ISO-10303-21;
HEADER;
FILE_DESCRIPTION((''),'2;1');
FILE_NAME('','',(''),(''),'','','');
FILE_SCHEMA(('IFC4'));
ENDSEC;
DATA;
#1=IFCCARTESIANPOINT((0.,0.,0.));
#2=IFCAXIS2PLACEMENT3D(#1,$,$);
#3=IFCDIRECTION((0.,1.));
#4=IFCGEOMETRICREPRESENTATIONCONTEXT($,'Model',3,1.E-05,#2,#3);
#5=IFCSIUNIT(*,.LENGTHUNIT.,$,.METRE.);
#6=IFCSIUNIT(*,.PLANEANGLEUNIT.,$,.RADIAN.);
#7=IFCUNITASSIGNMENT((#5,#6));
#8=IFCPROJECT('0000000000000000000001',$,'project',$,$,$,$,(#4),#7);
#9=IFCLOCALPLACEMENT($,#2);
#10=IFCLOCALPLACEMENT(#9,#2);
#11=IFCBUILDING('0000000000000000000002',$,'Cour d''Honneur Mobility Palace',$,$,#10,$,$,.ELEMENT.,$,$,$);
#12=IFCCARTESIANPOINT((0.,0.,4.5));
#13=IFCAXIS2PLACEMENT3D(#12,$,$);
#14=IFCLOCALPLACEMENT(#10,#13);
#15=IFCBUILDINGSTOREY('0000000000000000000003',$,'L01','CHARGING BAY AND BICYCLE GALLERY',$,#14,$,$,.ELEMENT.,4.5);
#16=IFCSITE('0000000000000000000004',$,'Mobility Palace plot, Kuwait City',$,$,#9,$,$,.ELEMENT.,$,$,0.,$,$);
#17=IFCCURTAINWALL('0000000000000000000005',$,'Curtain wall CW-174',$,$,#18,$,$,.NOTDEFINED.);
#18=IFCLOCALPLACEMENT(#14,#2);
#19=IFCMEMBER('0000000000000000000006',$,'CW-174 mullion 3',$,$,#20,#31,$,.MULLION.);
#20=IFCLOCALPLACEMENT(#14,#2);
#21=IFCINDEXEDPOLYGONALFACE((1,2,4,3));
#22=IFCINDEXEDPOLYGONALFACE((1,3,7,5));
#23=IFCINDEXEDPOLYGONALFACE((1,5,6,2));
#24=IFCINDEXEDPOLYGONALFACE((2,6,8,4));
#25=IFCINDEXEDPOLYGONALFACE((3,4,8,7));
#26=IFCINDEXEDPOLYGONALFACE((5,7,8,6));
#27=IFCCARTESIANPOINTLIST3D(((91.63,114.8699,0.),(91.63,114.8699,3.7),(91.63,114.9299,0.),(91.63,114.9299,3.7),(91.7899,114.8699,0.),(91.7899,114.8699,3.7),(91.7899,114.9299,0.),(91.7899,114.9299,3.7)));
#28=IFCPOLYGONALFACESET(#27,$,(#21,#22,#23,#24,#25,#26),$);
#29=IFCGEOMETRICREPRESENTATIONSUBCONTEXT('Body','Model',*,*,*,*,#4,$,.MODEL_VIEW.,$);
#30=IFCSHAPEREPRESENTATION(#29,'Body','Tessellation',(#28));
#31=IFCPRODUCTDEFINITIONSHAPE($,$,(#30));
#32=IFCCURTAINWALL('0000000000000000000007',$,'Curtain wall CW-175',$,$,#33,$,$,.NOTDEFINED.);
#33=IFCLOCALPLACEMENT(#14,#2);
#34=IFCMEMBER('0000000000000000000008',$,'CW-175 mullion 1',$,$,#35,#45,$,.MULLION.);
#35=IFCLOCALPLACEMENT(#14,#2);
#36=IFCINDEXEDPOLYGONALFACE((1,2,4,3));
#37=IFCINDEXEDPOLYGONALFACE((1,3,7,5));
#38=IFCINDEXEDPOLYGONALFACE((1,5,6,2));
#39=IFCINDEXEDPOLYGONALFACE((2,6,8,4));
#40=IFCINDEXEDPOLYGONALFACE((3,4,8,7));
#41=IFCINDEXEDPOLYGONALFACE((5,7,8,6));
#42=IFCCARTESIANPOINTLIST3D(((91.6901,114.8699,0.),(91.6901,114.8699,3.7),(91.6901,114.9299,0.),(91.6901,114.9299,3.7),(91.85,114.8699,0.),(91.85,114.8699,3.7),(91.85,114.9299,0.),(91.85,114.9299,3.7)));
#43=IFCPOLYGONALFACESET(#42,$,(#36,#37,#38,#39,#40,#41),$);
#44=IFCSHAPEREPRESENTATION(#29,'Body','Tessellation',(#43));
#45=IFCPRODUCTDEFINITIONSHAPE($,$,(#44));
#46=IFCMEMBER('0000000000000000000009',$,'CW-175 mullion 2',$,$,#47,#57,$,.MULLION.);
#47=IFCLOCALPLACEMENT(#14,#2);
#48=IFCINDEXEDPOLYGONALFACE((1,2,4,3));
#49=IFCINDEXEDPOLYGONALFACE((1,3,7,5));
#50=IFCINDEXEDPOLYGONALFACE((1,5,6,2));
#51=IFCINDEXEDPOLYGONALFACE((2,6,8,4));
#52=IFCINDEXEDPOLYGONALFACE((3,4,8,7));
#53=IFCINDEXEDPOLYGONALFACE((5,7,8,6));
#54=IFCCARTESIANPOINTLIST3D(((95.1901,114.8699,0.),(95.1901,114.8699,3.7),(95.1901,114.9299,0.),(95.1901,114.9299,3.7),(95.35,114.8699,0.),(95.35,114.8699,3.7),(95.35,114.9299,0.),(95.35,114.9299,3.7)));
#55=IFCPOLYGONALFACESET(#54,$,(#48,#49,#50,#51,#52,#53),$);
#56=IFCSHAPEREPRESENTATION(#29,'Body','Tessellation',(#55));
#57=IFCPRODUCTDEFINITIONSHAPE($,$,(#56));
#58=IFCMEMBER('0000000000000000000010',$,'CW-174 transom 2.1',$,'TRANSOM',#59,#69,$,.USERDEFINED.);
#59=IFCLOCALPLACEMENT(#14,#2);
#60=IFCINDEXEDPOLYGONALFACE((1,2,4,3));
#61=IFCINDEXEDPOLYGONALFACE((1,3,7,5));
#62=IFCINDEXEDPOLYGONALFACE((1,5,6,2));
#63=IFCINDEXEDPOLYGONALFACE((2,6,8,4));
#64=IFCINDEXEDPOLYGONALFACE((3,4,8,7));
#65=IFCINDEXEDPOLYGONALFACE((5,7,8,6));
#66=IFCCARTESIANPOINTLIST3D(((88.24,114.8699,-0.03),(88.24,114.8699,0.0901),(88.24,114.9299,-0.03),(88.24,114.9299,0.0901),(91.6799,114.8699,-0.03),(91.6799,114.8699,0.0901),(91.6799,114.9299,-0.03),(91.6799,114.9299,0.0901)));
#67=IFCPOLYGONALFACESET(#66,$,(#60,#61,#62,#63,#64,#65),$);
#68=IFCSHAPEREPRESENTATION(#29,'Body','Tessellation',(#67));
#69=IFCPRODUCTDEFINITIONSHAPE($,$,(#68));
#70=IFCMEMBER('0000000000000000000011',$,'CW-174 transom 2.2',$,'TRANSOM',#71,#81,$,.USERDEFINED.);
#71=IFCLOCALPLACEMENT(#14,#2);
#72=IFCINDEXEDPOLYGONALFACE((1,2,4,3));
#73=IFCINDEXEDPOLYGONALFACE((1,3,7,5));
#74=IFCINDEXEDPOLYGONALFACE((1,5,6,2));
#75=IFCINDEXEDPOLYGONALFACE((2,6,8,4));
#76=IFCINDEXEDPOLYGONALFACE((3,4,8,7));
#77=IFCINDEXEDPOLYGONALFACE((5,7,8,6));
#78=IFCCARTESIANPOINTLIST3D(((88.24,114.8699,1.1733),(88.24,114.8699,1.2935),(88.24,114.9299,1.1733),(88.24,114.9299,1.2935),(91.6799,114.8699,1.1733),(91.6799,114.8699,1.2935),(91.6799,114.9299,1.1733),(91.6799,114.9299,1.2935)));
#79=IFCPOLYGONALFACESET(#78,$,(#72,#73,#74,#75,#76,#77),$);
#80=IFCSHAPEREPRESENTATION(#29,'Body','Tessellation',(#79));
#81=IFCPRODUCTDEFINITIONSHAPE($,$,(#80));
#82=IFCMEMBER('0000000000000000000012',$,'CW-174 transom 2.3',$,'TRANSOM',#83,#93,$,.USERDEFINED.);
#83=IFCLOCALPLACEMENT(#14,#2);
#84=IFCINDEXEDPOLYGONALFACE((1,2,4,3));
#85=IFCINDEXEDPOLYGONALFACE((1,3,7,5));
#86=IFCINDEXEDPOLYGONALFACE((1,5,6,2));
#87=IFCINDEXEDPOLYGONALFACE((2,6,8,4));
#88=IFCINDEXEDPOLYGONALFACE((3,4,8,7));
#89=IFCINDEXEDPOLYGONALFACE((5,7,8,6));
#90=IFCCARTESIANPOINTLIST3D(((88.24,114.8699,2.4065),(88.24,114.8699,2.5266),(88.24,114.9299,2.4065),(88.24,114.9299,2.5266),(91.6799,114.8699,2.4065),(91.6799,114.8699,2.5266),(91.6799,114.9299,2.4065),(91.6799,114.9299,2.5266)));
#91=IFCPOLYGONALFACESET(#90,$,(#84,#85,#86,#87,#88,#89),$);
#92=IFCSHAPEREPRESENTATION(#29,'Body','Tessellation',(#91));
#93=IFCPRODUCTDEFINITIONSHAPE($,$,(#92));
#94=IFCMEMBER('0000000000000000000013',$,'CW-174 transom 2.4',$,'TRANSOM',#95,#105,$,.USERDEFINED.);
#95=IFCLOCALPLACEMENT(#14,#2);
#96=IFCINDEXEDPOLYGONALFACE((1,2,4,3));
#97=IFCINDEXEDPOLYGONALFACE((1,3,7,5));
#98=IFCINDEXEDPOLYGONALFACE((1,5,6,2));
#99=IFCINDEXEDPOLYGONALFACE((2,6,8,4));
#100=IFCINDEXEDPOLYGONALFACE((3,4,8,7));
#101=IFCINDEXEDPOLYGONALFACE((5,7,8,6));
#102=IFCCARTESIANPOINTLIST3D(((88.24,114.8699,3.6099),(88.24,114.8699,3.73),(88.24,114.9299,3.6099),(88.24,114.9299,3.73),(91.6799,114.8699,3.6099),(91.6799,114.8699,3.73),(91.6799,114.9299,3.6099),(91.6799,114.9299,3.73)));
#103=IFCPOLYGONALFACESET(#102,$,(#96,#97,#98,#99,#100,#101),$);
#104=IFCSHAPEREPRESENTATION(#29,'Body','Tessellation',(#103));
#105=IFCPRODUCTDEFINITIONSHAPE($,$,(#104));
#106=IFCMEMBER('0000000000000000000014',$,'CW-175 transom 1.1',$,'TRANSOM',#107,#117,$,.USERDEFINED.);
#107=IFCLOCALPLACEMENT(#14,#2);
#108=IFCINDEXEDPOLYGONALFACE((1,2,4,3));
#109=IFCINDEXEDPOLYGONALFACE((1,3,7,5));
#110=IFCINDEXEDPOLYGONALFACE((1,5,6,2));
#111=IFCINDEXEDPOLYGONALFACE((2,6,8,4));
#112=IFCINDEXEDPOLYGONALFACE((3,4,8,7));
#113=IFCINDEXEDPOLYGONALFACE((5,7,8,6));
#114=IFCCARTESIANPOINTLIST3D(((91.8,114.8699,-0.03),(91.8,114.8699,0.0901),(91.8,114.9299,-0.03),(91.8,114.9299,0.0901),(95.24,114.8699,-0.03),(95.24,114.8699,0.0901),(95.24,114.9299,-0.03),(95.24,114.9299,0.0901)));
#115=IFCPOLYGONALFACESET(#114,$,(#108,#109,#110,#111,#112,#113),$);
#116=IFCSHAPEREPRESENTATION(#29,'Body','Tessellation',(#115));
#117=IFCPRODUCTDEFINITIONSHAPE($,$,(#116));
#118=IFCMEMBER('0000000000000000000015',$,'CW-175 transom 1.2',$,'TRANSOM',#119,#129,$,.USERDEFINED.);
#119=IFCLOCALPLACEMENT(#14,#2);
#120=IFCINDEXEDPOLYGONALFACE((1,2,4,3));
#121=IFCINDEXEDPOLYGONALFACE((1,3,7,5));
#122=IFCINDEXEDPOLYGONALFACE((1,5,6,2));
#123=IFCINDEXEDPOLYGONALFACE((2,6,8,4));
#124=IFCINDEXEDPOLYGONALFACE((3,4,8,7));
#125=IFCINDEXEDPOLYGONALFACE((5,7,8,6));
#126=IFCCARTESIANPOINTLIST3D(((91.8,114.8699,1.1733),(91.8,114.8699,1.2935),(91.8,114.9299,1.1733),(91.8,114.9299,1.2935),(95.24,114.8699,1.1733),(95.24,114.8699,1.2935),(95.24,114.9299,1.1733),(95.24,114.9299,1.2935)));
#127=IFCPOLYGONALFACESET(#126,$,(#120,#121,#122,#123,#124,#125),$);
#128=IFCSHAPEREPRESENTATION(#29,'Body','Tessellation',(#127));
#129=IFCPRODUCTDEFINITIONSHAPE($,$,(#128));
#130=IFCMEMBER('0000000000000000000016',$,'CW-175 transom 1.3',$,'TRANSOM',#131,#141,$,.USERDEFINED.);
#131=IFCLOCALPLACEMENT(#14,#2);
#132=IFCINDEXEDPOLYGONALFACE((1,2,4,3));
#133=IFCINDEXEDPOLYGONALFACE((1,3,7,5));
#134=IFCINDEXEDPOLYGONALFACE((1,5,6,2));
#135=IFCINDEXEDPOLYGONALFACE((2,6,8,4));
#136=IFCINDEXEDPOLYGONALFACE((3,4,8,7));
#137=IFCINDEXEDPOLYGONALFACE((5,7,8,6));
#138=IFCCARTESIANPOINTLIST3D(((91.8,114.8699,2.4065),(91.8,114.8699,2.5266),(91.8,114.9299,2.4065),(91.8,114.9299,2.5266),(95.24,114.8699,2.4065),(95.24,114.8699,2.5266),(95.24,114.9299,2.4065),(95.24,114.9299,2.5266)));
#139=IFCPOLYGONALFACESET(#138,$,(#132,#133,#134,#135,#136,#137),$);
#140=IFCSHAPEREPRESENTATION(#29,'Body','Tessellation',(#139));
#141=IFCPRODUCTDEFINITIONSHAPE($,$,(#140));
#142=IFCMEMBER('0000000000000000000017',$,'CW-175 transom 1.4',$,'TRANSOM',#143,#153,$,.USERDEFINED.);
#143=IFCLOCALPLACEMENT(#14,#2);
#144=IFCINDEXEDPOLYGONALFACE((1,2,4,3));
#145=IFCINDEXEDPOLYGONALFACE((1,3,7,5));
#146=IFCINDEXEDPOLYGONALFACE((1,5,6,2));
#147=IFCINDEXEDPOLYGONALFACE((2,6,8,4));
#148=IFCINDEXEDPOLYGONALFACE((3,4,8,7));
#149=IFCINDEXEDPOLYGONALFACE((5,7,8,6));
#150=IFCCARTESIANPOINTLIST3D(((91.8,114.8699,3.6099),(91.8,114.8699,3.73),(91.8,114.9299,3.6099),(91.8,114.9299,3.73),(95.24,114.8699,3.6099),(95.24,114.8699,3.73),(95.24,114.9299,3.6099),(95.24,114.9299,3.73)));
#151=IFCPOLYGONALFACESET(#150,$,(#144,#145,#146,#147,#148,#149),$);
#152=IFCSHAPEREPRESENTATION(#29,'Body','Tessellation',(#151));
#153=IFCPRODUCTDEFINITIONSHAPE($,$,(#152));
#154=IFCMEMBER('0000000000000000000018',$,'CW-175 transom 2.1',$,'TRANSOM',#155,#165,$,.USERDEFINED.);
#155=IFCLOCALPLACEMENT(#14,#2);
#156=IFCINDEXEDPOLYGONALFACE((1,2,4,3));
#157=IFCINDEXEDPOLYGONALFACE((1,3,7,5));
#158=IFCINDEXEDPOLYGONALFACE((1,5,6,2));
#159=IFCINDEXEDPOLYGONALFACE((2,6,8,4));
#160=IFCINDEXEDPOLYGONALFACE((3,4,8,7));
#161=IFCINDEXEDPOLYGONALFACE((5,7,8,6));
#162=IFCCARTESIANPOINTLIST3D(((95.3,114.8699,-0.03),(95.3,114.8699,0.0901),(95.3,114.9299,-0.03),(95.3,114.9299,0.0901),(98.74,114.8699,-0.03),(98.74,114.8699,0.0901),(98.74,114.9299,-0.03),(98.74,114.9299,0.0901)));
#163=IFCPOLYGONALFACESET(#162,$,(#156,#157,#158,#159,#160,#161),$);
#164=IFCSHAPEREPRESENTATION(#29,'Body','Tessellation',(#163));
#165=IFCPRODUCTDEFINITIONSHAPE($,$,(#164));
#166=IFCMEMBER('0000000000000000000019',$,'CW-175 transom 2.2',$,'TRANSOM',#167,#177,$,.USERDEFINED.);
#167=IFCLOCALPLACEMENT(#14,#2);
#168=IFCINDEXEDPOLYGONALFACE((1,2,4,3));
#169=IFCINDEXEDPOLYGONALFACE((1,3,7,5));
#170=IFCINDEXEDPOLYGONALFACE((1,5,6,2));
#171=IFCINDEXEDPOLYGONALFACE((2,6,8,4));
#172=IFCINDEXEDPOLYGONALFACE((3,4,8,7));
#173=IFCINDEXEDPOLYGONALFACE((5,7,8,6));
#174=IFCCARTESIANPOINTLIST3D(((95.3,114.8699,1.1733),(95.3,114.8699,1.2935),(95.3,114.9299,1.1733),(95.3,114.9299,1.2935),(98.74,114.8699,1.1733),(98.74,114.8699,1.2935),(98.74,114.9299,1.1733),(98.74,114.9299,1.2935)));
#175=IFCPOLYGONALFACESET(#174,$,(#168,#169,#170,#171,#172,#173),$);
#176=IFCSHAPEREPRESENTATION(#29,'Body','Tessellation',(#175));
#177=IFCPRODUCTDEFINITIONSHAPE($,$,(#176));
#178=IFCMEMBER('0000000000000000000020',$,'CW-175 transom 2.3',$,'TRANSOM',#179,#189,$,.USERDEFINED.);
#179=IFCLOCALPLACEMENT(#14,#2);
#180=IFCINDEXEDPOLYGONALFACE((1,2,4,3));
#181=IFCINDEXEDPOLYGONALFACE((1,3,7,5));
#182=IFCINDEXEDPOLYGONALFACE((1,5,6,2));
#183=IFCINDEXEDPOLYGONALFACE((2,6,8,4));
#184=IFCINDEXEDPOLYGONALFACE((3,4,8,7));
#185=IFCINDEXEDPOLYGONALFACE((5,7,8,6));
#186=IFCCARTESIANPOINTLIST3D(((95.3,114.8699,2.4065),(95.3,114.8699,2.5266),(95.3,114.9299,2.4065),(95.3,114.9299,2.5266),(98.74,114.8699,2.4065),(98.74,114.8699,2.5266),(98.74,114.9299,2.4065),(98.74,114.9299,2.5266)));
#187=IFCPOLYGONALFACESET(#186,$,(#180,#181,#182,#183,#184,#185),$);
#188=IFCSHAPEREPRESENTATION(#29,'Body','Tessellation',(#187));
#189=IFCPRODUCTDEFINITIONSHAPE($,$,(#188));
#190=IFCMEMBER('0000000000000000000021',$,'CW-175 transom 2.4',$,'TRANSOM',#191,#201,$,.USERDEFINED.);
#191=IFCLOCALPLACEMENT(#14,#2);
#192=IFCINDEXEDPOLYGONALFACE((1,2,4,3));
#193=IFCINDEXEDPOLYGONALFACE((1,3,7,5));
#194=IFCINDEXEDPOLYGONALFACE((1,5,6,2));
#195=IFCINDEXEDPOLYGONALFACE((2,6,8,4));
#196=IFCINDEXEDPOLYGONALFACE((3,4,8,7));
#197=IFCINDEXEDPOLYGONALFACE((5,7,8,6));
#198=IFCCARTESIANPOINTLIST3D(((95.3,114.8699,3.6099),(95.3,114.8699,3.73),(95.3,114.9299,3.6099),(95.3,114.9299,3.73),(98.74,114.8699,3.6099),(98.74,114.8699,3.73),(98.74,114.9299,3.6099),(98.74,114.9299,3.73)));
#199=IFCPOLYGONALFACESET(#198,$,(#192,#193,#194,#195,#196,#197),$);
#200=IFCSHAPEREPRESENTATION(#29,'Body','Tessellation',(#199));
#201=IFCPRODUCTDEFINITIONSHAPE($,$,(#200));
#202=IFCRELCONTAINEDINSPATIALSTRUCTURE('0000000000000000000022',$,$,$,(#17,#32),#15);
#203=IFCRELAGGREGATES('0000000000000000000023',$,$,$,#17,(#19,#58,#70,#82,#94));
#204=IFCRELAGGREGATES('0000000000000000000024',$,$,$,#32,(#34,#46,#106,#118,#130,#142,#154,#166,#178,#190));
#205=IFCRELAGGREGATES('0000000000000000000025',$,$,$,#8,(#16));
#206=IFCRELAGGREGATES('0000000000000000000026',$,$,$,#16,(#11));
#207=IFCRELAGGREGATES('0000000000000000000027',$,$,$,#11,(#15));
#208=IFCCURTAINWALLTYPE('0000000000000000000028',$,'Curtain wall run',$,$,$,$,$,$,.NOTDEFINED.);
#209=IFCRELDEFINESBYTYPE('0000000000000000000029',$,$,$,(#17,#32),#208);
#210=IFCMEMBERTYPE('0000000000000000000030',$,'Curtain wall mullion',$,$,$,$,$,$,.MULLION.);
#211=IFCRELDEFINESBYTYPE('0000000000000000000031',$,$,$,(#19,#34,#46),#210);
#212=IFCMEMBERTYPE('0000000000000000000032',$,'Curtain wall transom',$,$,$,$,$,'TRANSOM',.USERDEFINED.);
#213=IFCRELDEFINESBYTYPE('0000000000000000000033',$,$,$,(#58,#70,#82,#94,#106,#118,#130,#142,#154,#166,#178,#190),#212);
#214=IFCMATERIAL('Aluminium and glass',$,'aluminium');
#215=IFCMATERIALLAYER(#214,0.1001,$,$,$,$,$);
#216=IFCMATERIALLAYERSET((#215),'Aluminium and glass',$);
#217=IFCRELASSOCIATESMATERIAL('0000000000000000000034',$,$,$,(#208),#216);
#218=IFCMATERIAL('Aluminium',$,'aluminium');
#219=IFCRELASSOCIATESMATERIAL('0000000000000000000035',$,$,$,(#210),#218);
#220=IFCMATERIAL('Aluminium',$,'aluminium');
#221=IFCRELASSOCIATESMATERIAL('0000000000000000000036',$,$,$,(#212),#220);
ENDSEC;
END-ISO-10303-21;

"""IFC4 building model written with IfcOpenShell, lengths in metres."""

from ifc_helpers import new_model, si_unit, direction, frame, origin, origin_2d, place, context, subcontext, project, spatial, rectangle, extrude, material, layer, layer_set, material_profile, profile_set, type_object, element, aggregate, save


model = new_model("IFC4")

# Units and contexts
model_context = context("Model", 3, precision=1e-05, world=origin(), true_north=direction((0.0, 1.0)))
body_context = subcontext(model_context, "Body", "Model", "MODEL_VIEW")
ifc_project = project(units=[si_unit("LENGTHUNIT", "METRE"), si_unit("PLANEANGLEUNIT", "RADIAN")], contexts=[model_context])

# Site, building, storey
site_placement = place(None, origin())
site = spatial("IfcSite", under=ifc_project, at=site_placement, Name="Mobility Palace plot, Kuwait City", CompositionType="ELEMENT", RefElevation=0.0)
building_placement = place(site_placement, origin())
building = spatial("IfcBuilding", under=site, at=building_placement, Name="Cour d'Honneur Mobility Palace", CompositionType="ELEMENT")
storey_placement = place(building_placement, frame((0.0, 0.0, 4.5)))
storey = spatial("IfcBuildingStorey", under=building, at=storey_placement, Name="L01", Description="CHARGING BAY AND BICYCLE GALLERY", CompositionType="ELEMENT", Elevation=4.5)

# Curtain wall, member
ifc_material_1 = material(Name="Aluminium and glass", Category="aluminium")
ifc_layer_1 = layer(ifc_material_1, 0.1001)
ifc_layer_set_1 = layer_set([ifc_layer_1], Name="Aluminium and glass")
curtain_wall_type = type_object("IfcCurtainWallType", Name="Curtain wall run", PredefinedType="NOTDEFINED", material=ifc_layer_set_1)
curtain_wall_1_placement = place(storey_placement, origin())
curtain_wall_1 = element("IfcCurtainWall", 1, at=curtain_wall_1_placement, inside=storey, type_object=curtain_wall_type, Name="Curtain wall CW-174", PredefinedType="NOTDEFINED")
ifc_material_2 = material(Name="Aluminium", Category="aluminium")
ifc_material_profile_1 = material_profile(ifc_material_2, rectangle(XDim=0.0601, YDim=0.1599, at=origin_2d()), Name="Curtain wall mullion")
ifc_profile_set_1 = profile_set([ifc_material_profile_1], Name="Aluminium")
member_type_1 = type_object("IfcMemberType", Name="Curtain wall mullion", PredefinedType="MULLION", material=ifc_profile_set_1)
member_1_placement = place(storey_placement, frame((91.71, 114.8999, 0.0), z_axis=(0.0, 0.0, 1.0), x_axis=(0.0, 1.0, 0.0)))
member_1 = element("IfcMember", 2, at=member_1_placement, type_object=member_type_1, Name="CW-174 mullion 3", PredefinedType="MULLION", context=body_context, shape_type="SweptSolid", body=[
    extrude(rectangle(XDim=0.0601, YDim=0.1599, at=origin_2d()), origin(), (0.0, 0.0, 1.0), 3.7),
])

# Curtain wall, members
curtain_wall_2_placement = place(storey_placement, origin())
curtain_wall_2 = element("IfcCurtainWall", 3, at=curtain_wall_2_placement, inside=storey, type_object=curtain_wall_type, Name="Curtain wall CW-175", PredefinedType="NOTDEFINED")
member_2_placement = place(storey_placement, frame((91.77, 114.8999, 0.0), z_axis=(0.0, 0.0, 1.0), x_axis=(0.0, 1.0, 0.0)))
member_2 = element("IfcMember", 4, at=member_2_placement, type_object=member_type_1, Name="CW-175 mullion 1", PredefinedType="MULLION", context=body_context, shape_type="SweptSolid", body=[
    extrude(rectangle(XDim=0.0601, YDim=0.1599, at=origin_2d()), origin(), (0.0, 0.0, 1.0), 3.7),
])
member_3_placement = place(storey_placement, frame((95.27, 114.8999, 0.0), z_axis=(0.0, 0.0, 1.0), x_axis=(0.0, 1.0, 0.0)))
member_3 = element("IfcMember", 5, at=member_3_placement, type_object=member_type_1, Name="CW-175 mullion 2", PredefinedType="MULLION", context=body_context, shape_type="SweptSolid", body=[
    extrude(rectangle(XDim=0.0601, YDim=0.1599, at=origin_2d()), origin(), (0.0, 0.0, 1.0), 3.7),
])

# Members
ifc_material_3 = material(Name="Aluminium", Category="aluminium")
ifc_material_profile_2 = material_profile(ifc_material_3, rectangle(XDim=0.0601, YDim=0.1201, at=origin_2d()), Name="Curtain wall transom")
ifc_profile_set_2 = profile_set([ifc_material_profile_2], Name="Aluminium")
member_type_2 = type_object("IfcMemberType", Name="Curtain wall transom", ElementType="TRANSOM", PredefinedType="USERDEFINED", material=ifc_profile_set_2)
member_4_placement = place(storey_placement, frame((88.24, 114.8999, 0.03), z_axis=(1.0, 0.0, 0.0), x_axis=(0.0, 1.0, 0.0)))
member_4 = element("IfcMember", 6, at=member_4_placement, type_object=member_type_2, Name="CW-174 transom 2.1", ObjectType="TRANSOM", PredefinedType="USERDEFINED", context=body_context, shape_type="SweptSolid", body=[
    extrude(rectangle(XDim=0.0601, YDim=0.1201, at=origin_2d()), origin(), (0.0, 0.0, 1.0), 3.4399),
])
member_5_placement = place(storey_placement, frame((88.24, 114.8999, 1.2334), z_axis=(1.0, 0.0, 0.0), x_axis=(0.0, 1.0, 0.0)))
member_5 = element("IfcMember", 7, at=member_5_placement, type_object=member_type_2, Name="CW-174 transom 2.2", ObjectType="TRANSOM", PredefinedType="USERDEFINED", context=body_context, shape_type="SweptSolid", body=[
    extrude(rectangle(XDim=0.0601, YDim=0.1201, at=origin_2d()), origin(), (0.0, 0.0, 1.0), 3.4399),
])
member_6_placement = place(storey_placement, frame((88.24, 114.8999, 2.4666), z_axis=(1.0, 0.0, 0.0), x_axis=(0.0, 1.0, 0.0)))
member_6 = element("IfcMember", 8, at=member_6_placement, type_object=member_type_2, Name="CW-174 transom 2.3", ObjectType="TRANSOM", PredefinedType="USERDEFINED", context=body_context, shape_type="SweptSolid", body=[
    extrude(rectangle(XDim=0.0601, YDim=0.1201, at=origin_2d()), origin(), (0.0, 0.0, 1.0), 3.4399),
])
member_7_placement = place(storey_placement, frame((88.24, 114.8999, 3.6699), z_axis=(1.0, 0.0, 0.0), x_axis=(0.0, 1.0, 0.0)))
member_7 = element("IfcMember", 9, at=member_7_placement, type_object=member_type_2, Name="CW-174 transom 2.4", ObjectType="TRANSOM", PredefinedType="USERDEFINED", context=body_context, shape_type="SweptSolid", body=[
    extrude(rectangle(XDim=0.0601, YDim=0.1201, at=origin_2d()), origin(), (0.0, 0.0, 1.0), 3.4399),
])
member_8_placement = place(storey_placement, frame((91.8, 114.8999, 0.03), z_axis=(1.0, 0.0, 0.0), x_axis=(0.0, 1.0, 0.0)))
member_8 = element("IfcMember", 10, at=member_8_placement, type_object=member_type_2, Name="CW-175 transom 1.1", ObjectType="TRANSOM", PredefinedType="USERDEFINED", context=body_context, shape_type="SweptSolid", body=[
    extrude(rectangle(XDim=0.0601, YDim=0.1201, at=origin_2d()), origin(), (0.0, 0.0, 1.0), 3.4399),
])
member_9_placement = place(storey_placement, frame((91.8, 114.8999, 1.2334), z_axis=(1.0, 0.0, 0.0), x_axis=(0.0, 1.0, 0.0)))
member_9 = element("IfcMember", 11, at=member_9_placement, type_object=member_type_2, Name="CW-175 transom 1.2", ObjectType="TRANSOM", PredefinedType="USERDEFINED", context=body_context, shape_type="SweptSolid", body=[
    extrude(rectangle(XDim=0.0601, YDim=0.1201, at=origin_2d()), origin(), (0.0, 0.0, 1.0), 3.4399),
])
member_10_placement = place(storey_placement, frame((91.8, 114.8999, 2.4666), z_axis=(1.0, 0.0, 0.0), x_axis=(0.0, 1.0, 0.0)))
member_10 = element("IfcMember", 12, at=member_10_placement, type_object=member_type_2, Name="CW-175 transom 1.3", ObjectType="TRANSOM", PredefinedType="USERDEFINED", context=body_context, shape_type="SweptSolid", body=[
    extrude(rectangle(XDim=0.0601, YDim=0.1201, at=origin_2d()), origin(), (0.0, 0.0, 1.0), 3.4399),
])
member_11_placement = place(storey_placement, frame((91.8, 114.8999, 3.6699), z_axis=(1.0, 0.0, 0.0), x_axis=(0.0, 1.0, 0.0)))
member_11 = element("IfcMember", 13, at=member_11_placement, type_object=member_type_2, Name="CW-175 transom 1.4", ObjectType="TRANSOM", PredefinedType="USERDEFINED", context=body_context, shape_type="SweptSolid", body=[
    extrude(rectangle(XDim=0.0601, YDim=0.1201, at=origin_2d()), origin(), (0.0, 0.0, 1.0), 3.4399),
])
member_12_placement = place(storey_placement, frame((95.3, 114.8999, 0.03), z_axis=(1.0, 0.0, 0.0), x_axis=(0.0, 1.0, 0.0)))
member_12 = element("IfcMember", 14, at=member_12_placement, type_object=member_type_2, Name="CW-175 transom 2.1", ObjectType="TRANSOM", PredefinedType="USERDEFINED", context=body_context, shape_type="SweptSolid", body=[
    extrude(rectangle(XDim=0.0601, YDim=0.1201, at=origin_2d()), origin(), (0.0, 0.0, 1.0), 3.4399),
])
member_13_placement = place(storey_placement, frame((95.3, 114.8999, 1.2334), z_axis=(1.0, 0.0, 0.0), x_axis=(0.0, 1.0, 0.0)))
member_13 = element("IfcMember", 15, at=member_13_placement, type_object=member_type_2, Name="CW-175 transom 2.2", ObjectType="TRANSOM", PredefinedType="USERDEFINED", context=body_context, shape_type="SweptSolid", body=[
    extrude(rectangle(XDim=0.0601, YDim=0.1201, at=origin_2d()), origin(), (0.0, 0.0, 1.0), 3.4399),
])
member_14_placement = place(storey_placement, frame((95.3, 114.8999, 2.4666), z_axis=(1.0, 0.0, 0.0), x_axis=(0.0, 1.0, 0.0)))
member_14 = element("IfcMember", 16, at=member_14_placement, type_object=member_type_2, Name="CW-175 transom 2.3", ObjectType="TRANSOM", PredefinedType="USERDEFINED", context=body_context, shape_type="SweptSolid", body=[
    extrude(rectangle(XDim=0.0601, YDim=0.1201, at=origin_2d()), origin(), (0.0, 0.0, 1.0), 3.4399),
])
member_15_placement = place(storey_placement, frame((95.3, 114.8999, 3.6699), z_axis=(1.0, 0.0, 0.0), x_axis=(0.0, 1.0, 0.0)))
member_15 = element("IfcMember", 17, at=member_15_placement, type_object=member_type_2, Name="CW-175 transom 2.4", ObjectType="TRANSOM", PredefinedType="USERDEFINED", context=body_context, shape_type="SweptSolid", body=[
    extrude(rectangle(XDim=0.0601, YDim=0.1201, at=origin_2d()), origin(), (0.0, 0.0, 1.0), 3.4399),
])

aggregate(curtain_wall_1, [member_1, member_4, member_5, member_6, member_7])
aggregate(curtain_wall_2, [member_2, member_3, member_8, member_9, member_10, member_11, member_12, member_13, member_14, member_15])

save(model, "model.ifc")
